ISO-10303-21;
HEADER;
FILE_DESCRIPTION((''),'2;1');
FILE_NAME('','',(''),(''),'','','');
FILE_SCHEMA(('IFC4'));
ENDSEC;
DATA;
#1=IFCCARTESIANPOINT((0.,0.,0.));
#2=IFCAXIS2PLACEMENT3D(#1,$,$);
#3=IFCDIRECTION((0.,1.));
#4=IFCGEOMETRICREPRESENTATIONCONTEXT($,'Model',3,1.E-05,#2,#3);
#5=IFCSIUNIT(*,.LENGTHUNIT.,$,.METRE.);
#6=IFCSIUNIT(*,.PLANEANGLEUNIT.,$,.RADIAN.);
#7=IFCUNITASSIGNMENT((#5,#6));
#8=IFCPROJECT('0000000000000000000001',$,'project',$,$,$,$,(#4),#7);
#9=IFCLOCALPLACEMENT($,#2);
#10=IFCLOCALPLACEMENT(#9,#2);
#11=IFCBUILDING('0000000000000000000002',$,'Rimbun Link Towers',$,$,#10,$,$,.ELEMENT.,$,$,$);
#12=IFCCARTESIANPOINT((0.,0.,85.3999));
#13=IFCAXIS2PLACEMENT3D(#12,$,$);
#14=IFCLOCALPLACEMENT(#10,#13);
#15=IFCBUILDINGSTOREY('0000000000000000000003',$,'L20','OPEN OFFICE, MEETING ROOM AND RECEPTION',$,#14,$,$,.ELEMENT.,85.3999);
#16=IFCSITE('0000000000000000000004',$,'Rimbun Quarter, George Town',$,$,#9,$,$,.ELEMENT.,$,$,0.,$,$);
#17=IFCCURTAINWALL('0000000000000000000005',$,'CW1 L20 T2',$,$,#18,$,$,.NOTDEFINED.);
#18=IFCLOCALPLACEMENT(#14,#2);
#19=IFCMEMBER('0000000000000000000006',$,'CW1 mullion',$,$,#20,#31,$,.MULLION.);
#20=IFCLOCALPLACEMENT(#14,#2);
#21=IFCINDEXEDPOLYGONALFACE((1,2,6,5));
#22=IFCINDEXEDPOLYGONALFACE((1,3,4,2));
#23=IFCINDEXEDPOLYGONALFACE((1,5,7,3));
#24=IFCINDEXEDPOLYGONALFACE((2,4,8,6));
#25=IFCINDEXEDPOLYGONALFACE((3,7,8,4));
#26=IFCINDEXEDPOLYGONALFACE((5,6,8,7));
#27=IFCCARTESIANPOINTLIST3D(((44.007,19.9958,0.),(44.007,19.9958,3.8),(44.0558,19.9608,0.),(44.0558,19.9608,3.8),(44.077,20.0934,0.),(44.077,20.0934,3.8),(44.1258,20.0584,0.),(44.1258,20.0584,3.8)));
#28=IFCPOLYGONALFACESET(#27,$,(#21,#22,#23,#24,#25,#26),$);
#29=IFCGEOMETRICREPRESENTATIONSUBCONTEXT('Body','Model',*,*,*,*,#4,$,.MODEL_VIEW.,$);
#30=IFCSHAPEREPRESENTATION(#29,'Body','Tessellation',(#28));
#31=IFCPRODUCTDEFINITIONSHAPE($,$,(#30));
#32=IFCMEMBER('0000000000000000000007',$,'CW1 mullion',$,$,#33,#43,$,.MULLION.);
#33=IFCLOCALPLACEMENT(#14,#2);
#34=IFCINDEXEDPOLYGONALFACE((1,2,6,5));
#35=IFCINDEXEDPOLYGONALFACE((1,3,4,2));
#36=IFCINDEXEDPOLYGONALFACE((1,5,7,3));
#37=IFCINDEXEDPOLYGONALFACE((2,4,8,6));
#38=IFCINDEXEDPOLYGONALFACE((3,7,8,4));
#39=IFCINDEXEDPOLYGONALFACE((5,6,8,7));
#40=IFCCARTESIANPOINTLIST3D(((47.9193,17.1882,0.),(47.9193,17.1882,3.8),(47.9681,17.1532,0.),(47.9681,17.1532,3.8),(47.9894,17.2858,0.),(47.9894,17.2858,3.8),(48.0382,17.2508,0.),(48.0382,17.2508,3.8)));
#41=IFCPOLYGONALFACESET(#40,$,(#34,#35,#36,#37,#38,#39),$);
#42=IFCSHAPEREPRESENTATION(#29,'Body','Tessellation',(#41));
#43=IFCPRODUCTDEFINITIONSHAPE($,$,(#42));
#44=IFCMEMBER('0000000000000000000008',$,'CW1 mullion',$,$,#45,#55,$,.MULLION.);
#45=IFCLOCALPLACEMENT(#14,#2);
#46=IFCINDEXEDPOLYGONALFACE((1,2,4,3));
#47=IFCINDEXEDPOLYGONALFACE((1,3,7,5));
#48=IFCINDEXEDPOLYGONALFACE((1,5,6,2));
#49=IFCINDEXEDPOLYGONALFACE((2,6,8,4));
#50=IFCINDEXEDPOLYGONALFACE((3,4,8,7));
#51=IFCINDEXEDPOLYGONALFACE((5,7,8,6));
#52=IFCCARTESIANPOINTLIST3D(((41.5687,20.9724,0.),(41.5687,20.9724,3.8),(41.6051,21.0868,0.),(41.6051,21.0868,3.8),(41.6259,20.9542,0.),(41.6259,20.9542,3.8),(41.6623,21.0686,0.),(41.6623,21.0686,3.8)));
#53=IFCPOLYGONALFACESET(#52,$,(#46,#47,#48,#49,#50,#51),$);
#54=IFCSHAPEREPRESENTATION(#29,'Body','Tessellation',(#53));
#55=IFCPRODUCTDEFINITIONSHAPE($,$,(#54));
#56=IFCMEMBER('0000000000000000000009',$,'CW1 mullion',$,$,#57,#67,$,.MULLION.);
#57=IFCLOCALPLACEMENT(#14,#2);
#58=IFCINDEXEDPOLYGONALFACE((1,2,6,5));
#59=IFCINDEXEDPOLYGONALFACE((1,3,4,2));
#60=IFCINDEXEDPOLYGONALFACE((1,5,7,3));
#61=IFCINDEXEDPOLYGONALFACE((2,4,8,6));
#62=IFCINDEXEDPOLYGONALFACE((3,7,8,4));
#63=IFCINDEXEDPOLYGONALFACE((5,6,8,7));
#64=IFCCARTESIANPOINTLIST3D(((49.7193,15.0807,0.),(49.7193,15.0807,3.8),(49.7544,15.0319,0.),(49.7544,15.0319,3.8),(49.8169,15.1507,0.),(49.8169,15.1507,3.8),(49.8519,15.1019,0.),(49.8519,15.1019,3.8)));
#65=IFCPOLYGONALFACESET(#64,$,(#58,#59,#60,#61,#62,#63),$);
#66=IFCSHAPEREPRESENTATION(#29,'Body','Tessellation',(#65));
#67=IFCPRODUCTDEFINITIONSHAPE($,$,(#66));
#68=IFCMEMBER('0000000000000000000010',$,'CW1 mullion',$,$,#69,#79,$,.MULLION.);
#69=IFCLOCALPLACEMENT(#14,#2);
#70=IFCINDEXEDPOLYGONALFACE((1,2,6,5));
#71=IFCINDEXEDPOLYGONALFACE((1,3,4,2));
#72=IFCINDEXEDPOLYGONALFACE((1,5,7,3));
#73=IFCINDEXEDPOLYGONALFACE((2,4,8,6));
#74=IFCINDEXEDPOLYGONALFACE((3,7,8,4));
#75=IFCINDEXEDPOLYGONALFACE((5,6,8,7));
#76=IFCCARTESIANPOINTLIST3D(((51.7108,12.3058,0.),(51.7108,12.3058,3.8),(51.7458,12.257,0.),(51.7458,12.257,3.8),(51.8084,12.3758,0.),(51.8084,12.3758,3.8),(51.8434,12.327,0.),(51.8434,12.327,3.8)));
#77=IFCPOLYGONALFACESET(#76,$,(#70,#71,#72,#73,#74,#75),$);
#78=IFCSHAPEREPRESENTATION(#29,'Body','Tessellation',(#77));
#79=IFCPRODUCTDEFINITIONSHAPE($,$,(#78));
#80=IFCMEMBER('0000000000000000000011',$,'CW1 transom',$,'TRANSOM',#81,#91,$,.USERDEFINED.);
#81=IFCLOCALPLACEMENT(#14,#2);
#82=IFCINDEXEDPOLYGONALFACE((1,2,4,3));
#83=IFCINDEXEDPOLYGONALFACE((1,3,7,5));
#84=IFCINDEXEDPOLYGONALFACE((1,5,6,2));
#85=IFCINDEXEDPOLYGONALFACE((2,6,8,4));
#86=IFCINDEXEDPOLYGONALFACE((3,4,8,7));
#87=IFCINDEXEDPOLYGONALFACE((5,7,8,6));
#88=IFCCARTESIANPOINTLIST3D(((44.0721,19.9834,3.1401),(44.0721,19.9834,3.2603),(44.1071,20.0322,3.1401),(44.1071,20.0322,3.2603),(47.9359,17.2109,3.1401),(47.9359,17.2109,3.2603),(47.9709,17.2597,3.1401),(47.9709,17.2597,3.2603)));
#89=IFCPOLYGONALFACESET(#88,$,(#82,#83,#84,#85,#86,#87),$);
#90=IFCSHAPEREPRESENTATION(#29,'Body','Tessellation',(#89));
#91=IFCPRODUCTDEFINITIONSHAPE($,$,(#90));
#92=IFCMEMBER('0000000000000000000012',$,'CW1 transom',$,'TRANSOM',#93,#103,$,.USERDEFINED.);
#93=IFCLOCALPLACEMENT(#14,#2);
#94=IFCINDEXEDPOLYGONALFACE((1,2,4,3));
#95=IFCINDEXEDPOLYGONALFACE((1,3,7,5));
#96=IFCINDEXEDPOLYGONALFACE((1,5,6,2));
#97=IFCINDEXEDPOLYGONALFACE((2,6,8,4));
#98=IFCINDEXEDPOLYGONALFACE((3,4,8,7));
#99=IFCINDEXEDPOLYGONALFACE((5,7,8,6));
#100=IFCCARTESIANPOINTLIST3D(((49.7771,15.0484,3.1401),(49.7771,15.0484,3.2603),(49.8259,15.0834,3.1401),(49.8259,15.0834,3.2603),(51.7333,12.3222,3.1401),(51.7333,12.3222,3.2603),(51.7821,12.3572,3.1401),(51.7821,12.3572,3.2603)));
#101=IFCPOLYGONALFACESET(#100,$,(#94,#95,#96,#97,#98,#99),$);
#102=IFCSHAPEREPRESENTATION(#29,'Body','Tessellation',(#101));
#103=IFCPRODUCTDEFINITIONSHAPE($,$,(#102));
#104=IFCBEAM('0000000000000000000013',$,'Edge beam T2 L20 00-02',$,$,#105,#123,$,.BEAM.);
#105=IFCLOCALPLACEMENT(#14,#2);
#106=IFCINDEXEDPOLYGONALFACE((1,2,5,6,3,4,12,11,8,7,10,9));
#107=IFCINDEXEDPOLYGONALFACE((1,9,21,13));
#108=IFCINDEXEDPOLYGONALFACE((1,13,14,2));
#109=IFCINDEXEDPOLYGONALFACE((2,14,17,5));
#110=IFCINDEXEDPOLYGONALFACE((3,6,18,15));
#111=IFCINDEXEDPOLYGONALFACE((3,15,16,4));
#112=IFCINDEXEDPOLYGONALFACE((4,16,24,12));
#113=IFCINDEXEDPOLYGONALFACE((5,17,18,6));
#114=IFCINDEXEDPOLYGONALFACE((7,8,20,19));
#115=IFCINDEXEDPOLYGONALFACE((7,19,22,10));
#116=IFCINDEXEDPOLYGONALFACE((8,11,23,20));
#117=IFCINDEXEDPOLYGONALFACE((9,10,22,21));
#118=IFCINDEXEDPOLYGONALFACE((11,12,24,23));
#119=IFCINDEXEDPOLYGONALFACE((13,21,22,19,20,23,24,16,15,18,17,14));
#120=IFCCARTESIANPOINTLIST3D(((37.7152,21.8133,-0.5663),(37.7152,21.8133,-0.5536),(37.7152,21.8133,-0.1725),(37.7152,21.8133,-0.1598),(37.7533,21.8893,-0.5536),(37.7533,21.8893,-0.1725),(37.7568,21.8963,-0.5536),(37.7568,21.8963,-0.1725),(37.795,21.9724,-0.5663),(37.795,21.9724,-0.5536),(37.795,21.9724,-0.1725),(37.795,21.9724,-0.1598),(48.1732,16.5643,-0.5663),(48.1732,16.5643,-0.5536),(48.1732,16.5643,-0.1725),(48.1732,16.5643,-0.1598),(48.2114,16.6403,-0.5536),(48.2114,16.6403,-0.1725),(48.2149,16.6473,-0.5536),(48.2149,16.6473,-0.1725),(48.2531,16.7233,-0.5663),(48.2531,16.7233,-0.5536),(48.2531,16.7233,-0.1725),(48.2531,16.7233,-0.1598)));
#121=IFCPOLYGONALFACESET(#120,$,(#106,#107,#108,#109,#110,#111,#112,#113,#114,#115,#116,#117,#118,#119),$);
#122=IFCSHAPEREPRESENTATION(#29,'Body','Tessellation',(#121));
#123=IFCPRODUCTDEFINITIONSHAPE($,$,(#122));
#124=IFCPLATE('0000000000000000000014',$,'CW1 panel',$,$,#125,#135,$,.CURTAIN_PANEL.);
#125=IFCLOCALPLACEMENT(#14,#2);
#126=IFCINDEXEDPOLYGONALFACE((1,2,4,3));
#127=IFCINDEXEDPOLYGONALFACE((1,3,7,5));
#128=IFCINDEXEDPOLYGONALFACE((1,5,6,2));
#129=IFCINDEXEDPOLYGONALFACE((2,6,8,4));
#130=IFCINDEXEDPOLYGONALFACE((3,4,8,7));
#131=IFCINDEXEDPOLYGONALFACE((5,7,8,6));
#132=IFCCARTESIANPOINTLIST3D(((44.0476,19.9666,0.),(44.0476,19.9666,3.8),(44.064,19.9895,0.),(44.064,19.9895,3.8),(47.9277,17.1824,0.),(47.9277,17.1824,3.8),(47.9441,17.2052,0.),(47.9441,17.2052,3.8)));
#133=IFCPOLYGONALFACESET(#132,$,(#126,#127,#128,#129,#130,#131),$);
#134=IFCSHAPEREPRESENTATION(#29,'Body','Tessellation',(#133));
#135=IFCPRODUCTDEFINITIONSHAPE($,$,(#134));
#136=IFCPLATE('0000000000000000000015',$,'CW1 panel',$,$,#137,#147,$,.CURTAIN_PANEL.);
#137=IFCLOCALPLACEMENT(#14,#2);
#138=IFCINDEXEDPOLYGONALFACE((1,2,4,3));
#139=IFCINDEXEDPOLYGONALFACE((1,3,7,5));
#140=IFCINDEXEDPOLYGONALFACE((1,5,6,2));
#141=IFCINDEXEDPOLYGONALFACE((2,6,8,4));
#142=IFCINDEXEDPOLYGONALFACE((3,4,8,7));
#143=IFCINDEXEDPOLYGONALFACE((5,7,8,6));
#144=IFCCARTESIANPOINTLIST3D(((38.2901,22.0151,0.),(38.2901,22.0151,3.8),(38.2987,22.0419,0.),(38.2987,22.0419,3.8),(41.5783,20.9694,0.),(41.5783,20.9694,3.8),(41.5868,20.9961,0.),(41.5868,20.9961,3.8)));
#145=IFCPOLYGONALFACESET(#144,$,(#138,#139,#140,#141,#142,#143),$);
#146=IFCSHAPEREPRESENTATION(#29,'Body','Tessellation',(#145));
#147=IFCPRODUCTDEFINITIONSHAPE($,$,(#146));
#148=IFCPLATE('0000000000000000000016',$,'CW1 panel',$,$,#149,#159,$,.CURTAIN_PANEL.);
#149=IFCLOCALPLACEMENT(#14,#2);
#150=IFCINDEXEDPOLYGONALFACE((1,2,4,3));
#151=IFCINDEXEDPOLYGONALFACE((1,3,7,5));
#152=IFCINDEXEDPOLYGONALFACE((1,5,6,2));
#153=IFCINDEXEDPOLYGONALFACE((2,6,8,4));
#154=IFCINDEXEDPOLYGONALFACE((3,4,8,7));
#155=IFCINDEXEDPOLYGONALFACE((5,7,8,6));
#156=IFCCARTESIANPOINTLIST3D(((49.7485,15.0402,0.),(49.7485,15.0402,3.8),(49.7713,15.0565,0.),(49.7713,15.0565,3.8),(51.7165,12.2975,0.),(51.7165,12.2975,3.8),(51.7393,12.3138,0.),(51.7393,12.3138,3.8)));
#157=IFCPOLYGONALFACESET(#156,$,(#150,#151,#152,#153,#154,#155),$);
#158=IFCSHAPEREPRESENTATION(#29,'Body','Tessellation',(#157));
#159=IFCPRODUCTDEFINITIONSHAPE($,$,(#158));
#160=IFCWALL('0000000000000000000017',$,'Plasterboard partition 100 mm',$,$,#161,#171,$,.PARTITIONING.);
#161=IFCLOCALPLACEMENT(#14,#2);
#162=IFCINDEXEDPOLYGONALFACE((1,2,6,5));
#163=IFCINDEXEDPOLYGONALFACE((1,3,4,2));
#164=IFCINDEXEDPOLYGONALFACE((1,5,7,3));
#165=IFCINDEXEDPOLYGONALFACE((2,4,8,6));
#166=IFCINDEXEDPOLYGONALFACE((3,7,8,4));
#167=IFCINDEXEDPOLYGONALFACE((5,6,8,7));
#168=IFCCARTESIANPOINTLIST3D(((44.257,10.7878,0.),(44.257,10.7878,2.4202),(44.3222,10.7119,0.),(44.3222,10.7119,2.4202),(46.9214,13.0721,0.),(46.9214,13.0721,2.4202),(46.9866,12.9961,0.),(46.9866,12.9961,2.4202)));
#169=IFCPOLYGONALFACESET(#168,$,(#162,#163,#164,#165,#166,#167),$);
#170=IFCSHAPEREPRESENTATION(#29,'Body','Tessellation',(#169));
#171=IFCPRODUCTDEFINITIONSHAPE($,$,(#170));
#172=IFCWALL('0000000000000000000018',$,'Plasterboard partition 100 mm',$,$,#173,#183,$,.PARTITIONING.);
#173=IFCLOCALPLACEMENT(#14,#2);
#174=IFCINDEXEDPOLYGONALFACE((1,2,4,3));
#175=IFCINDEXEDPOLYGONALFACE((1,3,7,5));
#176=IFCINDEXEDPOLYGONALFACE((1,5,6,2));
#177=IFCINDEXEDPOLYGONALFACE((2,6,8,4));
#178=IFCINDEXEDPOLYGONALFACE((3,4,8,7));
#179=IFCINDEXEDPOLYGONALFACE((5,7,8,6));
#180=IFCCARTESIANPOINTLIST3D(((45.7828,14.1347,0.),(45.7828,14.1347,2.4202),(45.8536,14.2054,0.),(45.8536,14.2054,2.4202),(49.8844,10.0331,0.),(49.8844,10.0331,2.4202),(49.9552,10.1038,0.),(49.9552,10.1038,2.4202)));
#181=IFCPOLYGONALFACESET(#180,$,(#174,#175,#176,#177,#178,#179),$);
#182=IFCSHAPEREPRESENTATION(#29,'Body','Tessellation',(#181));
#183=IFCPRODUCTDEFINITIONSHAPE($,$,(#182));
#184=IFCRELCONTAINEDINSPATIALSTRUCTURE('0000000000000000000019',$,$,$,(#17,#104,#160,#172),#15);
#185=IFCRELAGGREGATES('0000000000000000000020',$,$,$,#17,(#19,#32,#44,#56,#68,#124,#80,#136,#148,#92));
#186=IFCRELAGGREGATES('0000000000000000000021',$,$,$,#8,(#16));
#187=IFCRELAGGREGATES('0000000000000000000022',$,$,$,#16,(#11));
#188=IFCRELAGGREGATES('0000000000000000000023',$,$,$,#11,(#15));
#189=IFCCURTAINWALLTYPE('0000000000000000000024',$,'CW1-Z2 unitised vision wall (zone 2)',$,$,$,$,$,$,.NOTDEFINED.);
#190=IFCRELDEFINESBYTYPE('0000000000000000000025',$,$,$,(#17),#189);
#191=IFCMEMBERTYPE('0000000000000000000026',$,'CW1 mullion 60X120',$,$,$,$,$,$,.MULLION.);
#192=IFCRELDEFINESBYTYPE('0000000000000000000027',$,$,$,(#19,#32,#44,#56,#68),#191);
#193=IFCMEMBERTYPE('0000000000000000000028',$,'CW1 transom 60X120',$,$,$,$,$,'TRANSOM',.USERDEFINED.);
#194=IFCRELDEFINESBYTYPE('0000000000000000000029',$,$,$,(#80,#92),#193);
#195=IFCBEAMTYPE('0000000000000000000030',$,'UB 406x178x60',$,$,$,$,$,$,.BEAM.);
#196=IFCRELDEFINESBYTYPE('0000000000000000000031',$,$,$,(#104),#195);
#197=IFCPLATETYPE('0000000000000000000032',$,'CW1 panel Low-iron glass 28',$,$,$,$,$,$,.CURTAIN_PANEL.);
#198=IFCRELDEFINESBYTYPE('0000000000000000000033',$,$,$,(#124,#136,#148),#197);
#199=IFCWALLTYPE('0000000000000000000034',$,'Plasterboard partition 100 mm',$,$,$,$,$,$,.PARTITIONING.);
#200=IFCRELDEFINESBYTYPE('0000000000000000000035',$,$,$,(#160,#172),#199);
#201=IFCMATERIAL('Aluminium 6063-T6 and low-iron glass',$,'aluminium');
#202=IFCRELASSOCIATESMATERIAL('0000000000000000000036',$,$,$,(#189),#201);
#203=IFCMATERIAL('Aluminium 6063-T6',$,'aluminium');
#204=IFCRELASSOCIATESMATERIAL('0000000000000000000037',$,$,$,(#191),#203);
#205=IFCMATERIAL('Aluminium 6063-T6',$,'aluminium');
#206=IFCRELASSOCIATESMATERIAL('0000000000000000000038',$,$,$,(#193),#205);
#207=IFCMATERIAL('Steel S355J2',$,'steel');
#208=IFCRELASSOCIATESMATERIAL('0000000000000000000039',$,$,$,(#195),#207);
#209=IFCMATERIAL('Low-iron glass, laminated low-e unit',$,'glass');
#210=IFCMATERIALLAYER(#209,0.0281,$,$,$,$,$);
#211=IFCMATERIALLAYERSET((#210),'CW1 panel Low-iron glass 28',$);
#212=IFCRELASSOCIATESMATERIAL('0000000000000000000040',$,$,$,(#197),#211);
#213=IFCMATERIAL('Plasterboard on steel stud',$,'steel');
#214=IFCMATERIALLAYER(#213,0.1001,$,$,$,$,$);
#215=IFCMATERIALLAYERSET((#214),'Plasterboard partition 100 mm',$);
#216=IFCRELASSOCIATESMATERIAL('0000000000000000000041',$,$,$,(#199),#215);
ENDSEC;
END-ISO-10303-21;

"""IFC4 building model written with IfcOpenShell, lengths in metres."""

from ifc_helpers import new_model, si_unit, direction, frame, frame_2d, origin, origin_2d, place, context, subcontext, project, spatial, rectangle, i_section, extrude, material, layer, layer_set, material_profile, profile_set, type_object, element, aggregate, save


model = new_model("IFC4")

# Units and contexts
model_context = context("Model", 3, precision=1e-05, world=origin(), true_north=direction((0.0, 1.0)))
body_context = subcontext(model_context, "Body", "Model", "MODEL_VIEW")
ifc_project = project(units=[si_unit("LENGTHUNIT", "METRE"), si_unit("PLANEANGLEUNIT", "RADIAN")], contexts=[model_context])

# Site, building, storey
site_placement = place(None, origin())
site = spatial("IfcSite", under=ifc_project, at=site_placement, Name="Rimbun Quarter, George Town", CompositionType="ELEMENT", RefElevation=0.0)
building_placement = place(site_placement, origin())
building = spatial("IfcBuilding", under=site, at=building_placement, Name="Rimbun Link Towers", CompositionType="ELEMENT")
storey_placement = place(building_placement, frame((0.0, 0.0, 85.3999)))
storey = spatial("IfcBuildingStorey", under=building, at=storey_placement, Name="L20", Description="OPEN OFFICE, MEETING ROOM AND RECEPTION", CompositionType="ELEMENT", Elevation=85.3999)

# Curtain wall, members
ifc_material_1 = material(Name="Aluminium 6063-T6 and low-iron glass", Category="aluminium")
curtain_wall_type = type_object("IfcCurtainWallType", Name="CW1-Z2 unitised vision wall (zone 2)", PredefinedType="NOTDEFINED", material=ifc_material_1)
curtain_wall_placement = place(storey_placement, origin())
curtain_wall = element("IfcCurtainWall", 1, at=curtain_wall_placement, inside=storey, type_object=curtain_wall_type, Name="CW1 L20 T2", PredefinedType="NOTDEFINED")
ifc_material_2 = material(Name="Aluminium 6063-T6", Category="aluminium")
ifc_material_profile_1 = material_profile(ifc_material_2, rectangle(XDim=0.1201, YDim=0.0601, at=origin_2d()), Name="MULLION 60X120")
ifc_profile_set_1 = profile_set([ifc_material_profile_1], Name="Aluminium 6063-T6")
member_type_1 = type_object("IfcMemberType", Name="CW1 mullion 60X120", PredefinedType="MULLION", material=ifc_profile_set_1)
member_1_placement = place(storey_placement, frame((44.0664, 20.0271, 0.0), z_axis=(0.0, 0.0, 1.0), x_axis=(0.583004, 0.812469, 0.0)))
member_1 = element("IfcMember", 2, at=member_1_placement, type_object=member_type_1, Name="CW1 mullion", PredefinedType="MULLION", context=body_context, shape_type="SweptSolid", body=[
    extrude(rectangle(XDim=0.1201, YDim=0.0601, at=origin_2d()), origin(), (0.0, 0.0, 1.0), 3.8),
])
member_2_placement = place(storey_placement, frame((47.9788, 17.2195, 0.0), z_axis=(0.0, 0.0, 1.0), x_axis=(0.583004, 0.812469, 0.0)))
member_2 = element("IfcMember", 3, at=member_2_placement, type_object=member_type_1, Name="CW1 mullion", PredefinedType="MULLION", context=body_context, shape_type="SweptSolid", body=[
    extrude(rectangle(XDim=0.1201, YDim=0.0601, at=origin_2d()), origin(), (0.0, 0.0, 1.0), 3.8),
])
member_3_placement = place(storey_placement, frame((41.6155, 21.0205, 0.0), z_axis=(0.0, 0.0, 1.0), x_axis=(0.30307, 0.952968, 0.0)))
member_3 = element("IfcMember", 4, at=member_3_placement, type_object=member_type_1, Name="CW1 mullion", PredefinedType="MULLION", context=body_context, shape_type="SweptSolid", body=[
    extrude(rectangle(XDim=0.1201, YDim=0.0601, at=origin_2d()), origin(), (0.0, 0.0, 1.0), 3.8),
])
member_4_placement = place(storey_placement, frame((49.7856, 15.0913, 0.0), z_axis=(0.0, 0.0, 1.0), x_axis=(0.812469, 0.583004, 0.0)))
member_4 = element("IfcMember", 5, at=member_4_placement, type_object=member_type_1, Name="CW1 mullion", PredefinedType="MULLION", context=body_context, shape_type="SweptSolid", body=[
    extrude(rectangle(XDim=0.1201, YDim=0.0601, at=origin_2d()), origin(), (0.0, 0.0, 1.0), 3.8),
])
member_5_placement = place(storey_placement, frame((51.7771, 12.3164, 0.0), z_axis=(0.0, 0.0, 1.0), x_axis=(0.812469, 0.583004, 0.0)))
member_5 = element("IfcMember", 6, at=member_5_placement, type_object=member_type_1, Name="CW1 mullion", PredefinedType="MULLION", context=body_context, shape_type="SweptSolid", body=[
    extrude(rectangle(XDim=0.1201, YDim=0.0601, at=origin_2d()), origin(), (0.0, 0.0, 1.0), 3.8),
])
ifc_material_3 = material(Name="Aluminium 6063-T6", Category="aluminium")
ifc_material_profile_2 = material_profile(ifc_material_3, rectangle(XDim=0.0601, YDim=0.1201, at=origin_2d()), Name="TRANSOM 60X120")
ifc_profile_set_2 = profile_set([ifc_material_profile_2], Name="Aluminium 6063-T6")
member_type_2 = type_object("IfcMemberType", Name="CW1 transom 60X120", ElementType="TRANSOM", PredefinedType="USERDEFINED", material=ifc_profile_set_2)
member_6_placement = place(storey_placement, frame((44.0896, 20.0078, 3.2002), z_axis=(0.812476, -0.582995, 0.0), x_axis=(0.582995, 0.812476, 0.0)))
member_6 = element("IfcMember", 7, at=member_6_placement, type_object=member_type_2, Name="CW1 transom", ObjectType="TRANSOM", PredefinedType="USERDEFINED", context=body_context, shape_type="SweptSolid", body=[
    extrude(rectangle(XDim=0.0601, YDim=0.1201, at=origin_2d()), origin(), (0.0, 0.0, 1.0), 4.7556),
])
member_7_placement = place(storey_placement, frame((49.8015, 15.0659, 3.2002), z_axis=(0.582999, -0.812473, 0.0), x_axis=(0.812473, 0.582999, 0.0)))
member_7 = element("IfcMember", 8, at=member_7_placement, type_object=member_type_2, Name="CW1 transom", ObjectType="TRANSOM", PredefinedType="USERDEFINED", context=body_context, shape_type="SweptSolid", body=[
    extrude(rectangle(XDim=0.0601, YDim=0.1201, at=origin_2d()), origin(), (0.0, 0.0, 1.0), 3.3555),
])

# Beam
ifc_material_4 = material(Name="Steel S355J2", Category="steel")
ifc_material_profile_3 = material_profile(ifc_material_4, i_section(OverallWidth=0.178, OverallDepth=0.4065, WebThickness=0.0078, FlangeThickness=0.0127, at=origin_2d()), Name="UB 406x178x60")
ifc_profile_set_3 = profile_set([ifc_material_profile_3], Name="Steel S355J2")
beam_type = type_object("IfcBeamType", Name="UB 406x178x60", PredefinedType="BEAM", material=ifc_profile_set_3)
beam_placement = place(storey_placement, frame((48.2131, 16.6438, -0.363), z_axis=(-0.893742, 0.448582, 0.0), x_axis=(-0.448582, -0.893742, 0.0)))
element("IfcBeam", 9, at=beam_placement, inside=storey, type_object=beam_type, Name="Edge beam T2 L20 00-02", PredefinedType="BEAM", context=body_context, shape_type="SweptSolid", body=[
    extrude(i_section(OverallWidth=0.178, OverallDepth=0.4065, WebThickness=0.0078, FlangeThickness=0.0127, at=origin_2d()), origin(), (0.0, 0.0, 1.0), 11.7014),
])

# Plates
ifc_material_5 = material(Name="Low-iron glass, laminated low-e unit", Category="glass")
ifc_layer_1 = layer(ifc_material_5, 0.0281)
ifc_layer_set_1 = layer_set([ifc_layer_1], Name="CW1 panel Low-iron glass 28")
plate_type = type_object("IfcPlateType", Name="CW1 panel Low-iron glass 28", PredefinedType="CURTAIN_PANEL", material=ifc_layer_set_1)
plate_1_placement = place(storey_placement, frame((45.9958, 18.5859, 0.0), z_axis=(0.0, 0.0, 1.0), x_axis=(0.812469, -0.583004, 0.0)))
plate_1 = element("IfcPlate", 10, at=plate_1_placement, type_object=plate_type, Name="CW1 panel", PredefinedType="CURTAIN_PANEL", context=body_context, shape_type="SweptSolid", body=[
    extrude(rectangle(XDim=4.7756, YDim=0.0281, at=origin_2d()), origin(), (0.0, 0.0, 1.0), 3.8),
])
plate_2_placement = place(storey_placement, frame((39.9385, 21.5056, 0.0), z_axis=(0.0, 0.0, 1.0), x_axis=(0.952968, -0.30307, 0.0)))
plate_2 = element("IfcPlate", 11, at=plate_2_placement, type_object=plate_type, Name="CW1 panel", PredefinedType="CURTAIN_PANEL", context=body_context, shape_type="SweptSolid", body=[
    extrude(rectangle(XDim=3.4504, YDim=0.0281, at=origin_2d()), origin(), (0.0, 0.0, 1.0), 3.8),
])
plate_3_placement = place(storey_placement, frame((50.7439, 13.677, 0.0), z_axis=(0.0, 0.0, 1.0), x_axis=(0.583004, -0.812469, 0.0)))
plate_3 = element("IfcPlate", 12, at=plate_3_placement, type_object=plate_type, Name="CW1 panel", PredefinedType="CURTAIN_PANEL", context=body_context, shape_type="SweptSolid", body=[
    extrude(rectangle(XDim=3.3757, YDim=0.0281, at=origin_2d()), origin(), (0.0, 0.0, 1.0), 3.8),
])
aggregate(curtain_wall, [member_1, member_2, member_3, member_4, member_5, plate_1, member_6, plate_2, plate_3, member_7])

# Walls
ifc_material_6 = material(Name="Plasterboard on steel stud", Category="steel")
ifc_layer_2 = layer(ifc_material_6, 0.1001)
ifc_layer_set_2 = layer_set([ifc_layer_2], Name="Plasterboard partition 100 mm")
wall_type = type_object("IfcWallType", Name="Plasterboard partition 100 mm", PredefinedType="PARTITIONING", material=ifc_layer_set_2)
wall_1_placement = place(storey_placement, frame((46.9541, 13.0342, 0.0), z_axis=(0.0, 0.0, 1.0), x_axis=(-0.759188, -0.650872, 0.0)))
element("IfcWall", 13, at=wall_1_placement, inside=storey, type_object=wall_type, Name="Plasterboard partition 100 mm", PredefinedType="PARTITIONING", context=body_context, shape_type="SweptSolid", body=[
    extrude(rectangle(XDim=3.5095, YDim=0.1001, at=frame_2d((1.7549, 0.0))), origin(), (0.0, 0.0, 1.0), 2.4202),
])
wall_2_placement = place(storey_placement, frame((49.9199, 10.0684, 0.0), z_axis=(0.0, 0.0, 1.0), x_axis=(-0.707107, 0.707107, 0.0)))
element("IfcWall", 14, at=wall_2_placement, inside=storey, type_object=wall_type, Name="Plasterboard partition 100 mm", PredefinedType="PARTITIONING", context=body_context, shape_type="SweptSolid", body=[
    extrude(rectangle(XDim=5.8005, YDim=0.1001, at=frame_2d((2.9004, 0.0))), origin(), (0.0, 0.0, 1.0), 2.4202),
])

save(model, "model.ifc")
